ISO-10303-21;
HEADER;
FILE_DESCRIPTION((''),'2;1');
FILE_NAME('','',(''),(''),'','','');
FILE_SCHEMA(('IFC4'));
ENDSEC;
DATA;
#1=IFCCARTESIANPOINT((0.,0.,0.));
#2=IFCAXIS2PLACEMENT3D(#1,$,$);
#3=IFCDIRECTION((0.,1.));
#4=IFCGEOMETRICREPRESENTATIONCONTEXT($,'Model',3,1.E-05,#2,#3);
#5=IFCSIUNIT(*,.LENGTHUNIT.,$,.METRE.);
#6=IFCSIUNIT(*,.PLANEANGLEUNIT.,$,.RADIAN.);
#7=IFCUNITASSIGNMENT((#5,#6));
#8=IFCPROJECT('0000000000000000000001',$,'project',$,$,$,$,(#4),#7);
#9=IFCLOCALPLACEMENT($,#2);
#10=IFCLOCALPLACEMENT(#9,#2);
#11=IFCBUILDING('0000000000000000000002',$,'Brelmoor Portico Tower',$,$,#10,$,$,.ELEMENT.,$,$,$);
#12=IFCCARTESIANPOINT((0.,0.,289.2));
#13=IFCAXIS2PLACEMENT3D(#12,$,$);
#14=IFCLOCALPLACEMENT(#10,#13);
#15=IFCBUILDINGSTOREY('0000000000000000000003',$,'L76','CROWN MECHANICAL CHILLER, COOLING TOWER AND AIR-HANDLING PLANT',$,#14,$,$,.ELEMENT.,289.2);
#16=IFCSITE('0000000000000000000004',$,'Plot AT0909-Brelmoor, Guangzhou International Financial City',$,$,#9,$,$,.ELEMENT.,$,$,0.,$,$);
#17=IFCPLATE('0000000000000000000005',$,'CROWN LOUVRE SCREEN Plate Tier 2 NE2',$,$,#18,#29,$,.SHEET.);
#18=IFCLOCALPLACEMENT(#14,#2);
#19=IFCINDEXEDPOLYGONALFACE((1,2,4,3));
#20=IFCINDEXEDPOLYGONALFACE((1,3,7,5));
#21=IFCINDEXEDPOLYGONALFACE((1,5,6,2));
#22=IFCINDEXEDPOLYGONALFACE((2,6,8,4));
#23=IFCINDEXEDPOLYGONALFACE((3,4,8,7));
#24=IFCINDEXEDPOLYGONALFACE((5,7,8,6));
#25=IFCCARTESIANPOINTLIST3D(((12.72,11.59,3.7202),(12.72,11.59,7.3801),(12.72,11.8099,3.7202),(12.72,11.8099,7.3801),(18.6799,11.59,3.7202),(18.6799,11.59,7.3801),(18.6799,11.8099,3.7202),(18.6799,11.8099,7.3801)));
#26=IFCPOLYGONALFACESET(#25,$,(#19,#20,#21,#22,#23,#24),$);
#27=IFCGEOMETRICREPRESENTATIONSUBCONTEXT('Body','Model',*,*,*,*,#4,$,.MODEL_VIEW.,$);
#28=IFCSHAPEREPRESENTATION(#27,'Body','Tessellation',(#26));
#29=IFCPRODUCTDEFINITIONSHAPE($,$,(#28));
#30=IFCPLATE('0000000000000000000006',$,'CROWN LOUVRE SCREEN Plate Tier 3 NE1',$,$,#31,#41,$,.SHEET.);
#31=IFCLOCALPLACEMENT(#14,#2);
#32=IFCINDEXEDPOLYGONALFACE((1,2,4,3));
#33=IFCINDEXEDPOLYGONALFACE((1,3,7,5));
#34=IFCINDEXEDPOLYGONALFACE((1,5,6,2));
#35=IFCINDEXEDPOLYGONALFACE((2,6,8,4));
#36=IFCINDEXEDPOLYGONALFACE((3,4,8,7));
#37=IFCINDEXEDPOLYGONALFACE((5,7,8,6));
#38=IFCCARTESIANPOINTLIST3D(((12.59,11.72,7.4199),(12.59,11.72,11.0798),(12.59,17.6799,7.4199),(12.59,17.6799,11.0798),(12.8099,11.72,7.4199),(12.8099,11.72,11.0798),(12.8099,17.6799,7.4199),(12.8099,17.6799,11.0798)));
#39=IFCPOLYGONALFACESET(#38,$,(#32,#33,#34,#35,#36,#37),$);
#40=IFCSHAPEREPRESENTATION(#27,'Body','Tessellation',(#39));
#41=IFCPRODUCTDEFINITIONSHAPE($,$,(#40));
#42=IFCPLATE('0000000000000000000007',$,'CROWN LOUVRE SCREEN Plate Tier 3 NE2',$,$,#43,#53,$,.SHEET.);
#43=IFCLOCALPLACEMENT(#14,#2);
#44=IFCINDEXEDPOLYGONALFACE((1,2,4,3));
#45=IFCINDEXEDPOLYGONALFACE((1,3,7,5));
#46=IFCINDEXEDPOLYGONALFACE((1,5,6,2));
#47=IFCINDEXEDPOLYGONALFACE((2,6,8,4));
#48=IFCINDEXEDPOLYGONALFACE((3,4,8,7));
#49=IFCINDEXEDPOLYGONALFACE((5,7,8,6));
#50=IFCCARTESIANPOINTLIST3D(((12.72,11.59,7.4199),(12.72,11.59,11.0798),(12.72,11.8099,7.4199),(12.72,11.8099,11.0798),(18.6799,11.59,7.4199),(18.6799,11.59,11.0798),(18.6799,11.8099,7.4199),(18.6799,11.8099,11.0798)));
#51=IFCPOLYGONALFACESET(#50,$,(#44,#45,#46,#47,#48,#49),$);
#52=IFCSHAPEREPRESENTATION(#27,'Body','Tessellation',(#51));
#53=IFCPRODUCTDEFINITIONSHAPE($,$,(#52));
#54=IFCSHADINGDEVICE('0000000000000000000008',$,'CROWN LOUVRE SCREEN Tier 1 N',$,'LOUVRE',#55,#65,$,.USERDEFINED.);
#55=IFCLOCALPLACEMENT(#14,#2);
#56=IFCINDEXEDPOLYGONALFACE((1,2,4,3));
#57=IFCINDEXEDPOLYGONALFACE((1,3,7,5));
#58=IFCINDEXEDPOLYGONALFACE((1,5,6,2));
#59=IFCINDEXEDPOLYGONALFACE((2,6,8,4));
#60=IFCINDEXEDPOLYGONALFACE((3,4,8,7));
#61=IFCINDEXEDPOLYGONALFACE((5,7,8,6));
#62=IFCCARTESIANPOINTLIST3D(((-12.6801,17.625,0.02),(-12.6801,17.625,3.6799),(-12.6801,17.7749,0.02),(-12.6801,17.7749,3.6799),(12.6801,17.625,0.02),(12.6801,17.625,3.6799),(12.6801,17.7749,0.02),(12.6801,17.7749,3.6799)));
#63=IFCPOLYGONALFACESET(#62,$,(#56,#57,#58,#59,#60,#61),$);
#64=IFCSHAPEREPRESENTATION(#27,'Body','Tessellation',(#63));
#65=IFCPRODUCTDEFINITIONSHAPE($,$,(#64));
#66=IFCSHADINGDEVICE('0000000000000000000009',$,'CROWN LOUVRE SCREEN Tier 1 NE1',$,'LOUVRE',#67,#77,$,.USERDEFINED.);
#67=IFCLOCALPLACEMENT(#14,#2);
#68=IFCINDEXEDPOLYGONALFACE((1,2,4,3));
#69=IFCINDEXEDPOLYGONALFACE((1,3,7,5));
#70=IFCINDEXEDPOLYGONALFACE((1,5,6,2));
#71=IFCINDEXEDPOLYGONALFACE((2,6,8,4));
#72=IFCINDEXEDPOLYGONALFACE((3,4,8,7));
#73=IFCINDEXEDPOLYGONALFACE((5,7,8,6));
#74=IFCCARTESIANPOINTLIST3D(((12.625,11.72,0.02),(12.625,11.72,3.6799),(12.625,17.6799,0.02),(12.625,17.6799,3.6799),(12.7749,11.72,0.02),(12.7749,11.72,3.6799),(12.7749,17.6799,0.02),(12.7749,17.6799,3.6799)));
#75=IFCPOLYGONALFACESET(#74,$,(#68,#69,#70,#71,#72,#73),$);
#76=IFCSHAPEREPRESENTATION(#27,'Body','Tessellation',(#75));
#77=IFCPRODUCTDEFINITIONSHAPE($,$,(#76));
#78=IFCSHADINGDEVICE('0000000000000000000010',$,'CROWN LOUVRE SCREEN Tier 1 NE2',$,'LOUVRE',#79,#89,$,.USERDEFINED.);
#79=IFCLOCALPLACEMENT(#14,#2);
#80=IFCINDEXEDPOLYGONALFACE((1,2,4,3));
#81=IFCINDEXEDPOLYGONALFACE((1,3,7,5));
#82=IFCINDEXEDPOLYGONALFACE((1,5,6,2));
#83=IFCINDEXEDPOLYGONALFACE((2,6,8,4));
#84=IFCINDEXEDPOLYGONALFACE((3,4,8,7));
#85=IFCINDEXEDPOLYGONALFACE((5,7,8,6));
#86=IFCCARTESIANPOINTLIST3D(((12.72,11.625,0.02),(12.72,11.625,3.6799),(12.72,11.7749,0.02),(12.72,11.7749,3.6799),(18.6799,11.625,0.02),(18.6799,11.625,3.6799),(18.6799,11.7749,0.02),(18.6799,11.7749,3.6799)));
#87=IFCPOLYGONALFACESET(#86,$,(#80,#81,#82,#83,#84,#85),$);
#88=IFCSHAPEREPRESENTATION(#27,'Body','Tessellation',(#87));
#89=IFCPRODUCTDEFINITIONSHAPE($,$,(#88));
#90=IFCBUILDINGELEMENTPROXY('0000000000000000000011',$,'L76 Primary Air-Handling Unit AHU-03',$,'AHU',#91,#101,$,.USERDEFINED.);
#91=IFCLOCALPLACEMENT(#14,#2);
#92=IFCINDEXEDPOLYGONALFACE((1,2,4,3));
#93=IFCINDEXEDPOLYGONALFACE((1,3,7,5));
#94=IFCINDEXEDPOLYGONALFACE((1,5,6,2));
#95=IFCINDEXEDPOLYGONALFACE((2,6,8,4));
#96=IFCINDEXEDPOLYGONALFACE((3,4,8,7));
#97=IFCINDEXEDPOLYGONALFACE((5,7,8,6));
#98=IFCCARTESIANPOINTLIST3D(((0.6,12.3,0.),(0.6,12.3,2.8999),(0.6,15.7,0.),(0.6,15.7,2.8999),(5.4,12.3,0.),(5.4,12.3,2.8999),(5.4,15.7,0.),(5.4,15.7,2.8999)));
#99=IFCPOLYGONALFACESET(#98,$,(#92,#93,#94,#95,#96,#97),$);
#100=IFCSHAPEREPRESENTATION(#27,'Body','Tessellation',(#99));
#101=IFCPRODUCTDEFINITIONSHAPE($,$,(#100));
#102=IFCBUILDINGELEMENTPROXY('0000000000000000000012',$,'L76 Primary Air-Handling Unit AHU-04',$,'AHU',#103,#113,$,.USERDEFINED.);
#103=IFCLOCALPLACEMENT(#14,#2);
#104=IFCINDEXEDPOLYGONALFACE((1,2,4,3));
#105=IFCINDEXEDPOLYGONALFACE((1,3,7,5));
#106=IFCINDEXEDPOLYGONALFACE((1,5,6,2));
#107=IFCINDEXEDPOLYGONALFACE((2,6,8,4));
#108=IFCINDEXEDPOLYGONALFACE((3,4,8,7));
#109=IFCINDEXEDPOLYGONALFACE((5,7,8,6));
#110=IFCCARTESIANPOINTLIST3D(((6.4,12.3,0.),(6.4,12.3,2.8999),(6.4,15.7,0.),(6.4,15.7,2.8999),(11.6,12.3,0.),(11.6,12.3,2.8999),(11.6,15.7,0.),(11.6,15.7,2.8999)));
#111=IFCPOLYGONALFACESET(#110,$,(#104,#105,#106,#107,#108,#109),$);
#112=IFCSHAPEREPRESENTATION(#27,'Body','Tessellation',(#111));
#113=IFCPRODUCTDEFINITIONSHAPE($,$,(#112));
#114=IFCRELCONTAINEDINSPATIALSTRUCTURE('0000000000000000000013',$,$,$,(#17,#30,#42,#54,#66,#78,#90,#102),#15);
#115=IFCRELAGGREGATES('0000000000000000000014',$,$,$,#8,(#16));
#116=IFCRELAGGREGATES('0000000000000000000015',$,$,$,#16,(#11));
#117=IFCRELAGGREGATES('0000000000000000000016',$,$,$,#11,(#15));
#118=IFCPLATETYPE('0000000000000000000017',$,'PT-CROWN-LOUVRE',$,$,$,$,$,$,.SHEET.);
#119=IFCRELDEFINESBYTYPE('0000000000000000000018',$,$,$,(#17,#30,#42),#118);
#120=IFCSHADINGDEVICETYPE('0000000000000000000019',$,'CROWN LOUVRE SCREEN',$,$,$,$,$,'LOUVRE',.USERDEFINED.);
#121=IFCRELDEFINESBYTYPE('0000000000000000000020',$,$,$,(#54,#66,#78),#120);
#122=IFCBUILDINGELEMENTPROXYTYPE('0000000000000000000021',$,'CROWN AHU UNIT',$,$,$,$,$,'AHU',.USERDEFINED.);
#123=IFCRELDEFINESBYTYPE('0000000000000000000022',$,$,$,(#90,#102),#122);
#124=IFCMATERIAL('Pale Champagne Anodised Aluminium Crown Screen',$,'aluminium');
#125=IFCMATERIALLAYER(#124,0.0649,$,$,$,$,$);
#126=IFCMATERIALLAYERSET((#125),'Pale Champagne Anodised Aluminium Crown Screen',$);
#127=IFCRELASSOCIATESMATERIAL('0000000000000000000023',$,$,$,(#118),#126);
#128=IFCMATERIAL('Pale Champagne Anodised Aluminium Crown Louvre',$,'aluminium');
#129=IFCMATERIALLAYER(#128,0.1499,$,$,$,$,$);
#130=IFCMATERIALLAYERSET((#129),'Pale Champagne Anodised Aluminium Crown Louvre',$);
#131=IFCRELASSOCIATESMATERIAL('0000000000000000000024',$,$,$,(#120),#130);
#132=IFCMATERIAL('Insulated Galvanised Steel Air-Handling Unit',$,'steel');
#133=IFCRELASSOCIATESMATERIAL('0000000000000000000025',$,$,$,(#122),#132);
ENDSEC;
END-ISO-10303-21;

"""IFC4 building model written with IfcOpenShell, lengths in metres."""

from ifc_helpers import new_model, si_unit, direction, frame, origin, origin_2d, place, context, subcontext, project, spatial, rectangle, extrude, material, layer, layer_set, type_object, element, save


model = new_model("IFC4")

# Units and contexts
model_context = context("Model", 3, precision=1e-05, world=origin(), true_north=direction((0.0, 1.0)))
body_context = subcontext(model_context, "Body", "Model", "MODEL_VIEW")
ifc_project = project(units=[si_unit("LENGTHUNIT", "METRE"), si_unit("PLANEANGLEUNIT", "RADIAN")], contexts=[model_context])

# Site, building, storey
site_placement = place(None, origin())
site = spatial("IfcSite", under=ifc_project, at=site_placement, Name="Plot AT0909-Brelmoor, Guangzhou International Financial City", CompositionType="ELEMENT", RefElevation=0.0)
building_placement = place(site_placement, origin())
building = spatial("IfcBuilding", under=site, at=building_placement, Name="Brelmoor Portico Tower", CompositionType="ELEMENT")
storey_placement = place(building_placement, frame((0.0, 0.0, 289.2)))
storey = spatial("IfcBuildingStorey", under=building, at=storey_placement, Name="L76", Description="CROWN MECHANICAL CHILLER, COOLING TOWER AND AIR-HANDLING PLANT", CompositionType="ELEMENT", Elevation=289.2)

# Plates
ifc_material_1 = material(Name="Pale Champagne Anodised Aluminium Crown Screen", Category="aluminium")
ifc_layer_1 = layer(ifc_material_1, 0.0649)
ifc_layer_set_1 = layer_set([ifc_layer_1], Name="Pale Champagne Anodised Aluminium Crown Screen")
plate_type_1 = type_object("IfcPlateType", Name="PT-CROWN-LOUVRE", PredefinedType="SHEET", material=ifc_layer_set_1)
for number, where, z_axis, x_axis, name in (
    (1, (15.7, 11.7, 3.7202), (0.0, 0.0, 1.0), (1.0, 0.0, 0.0), "CROWN LOUVRE SCREEN Plate Tier 2 NE2"),
    (2, (12.7, 14.7, 7.4199), (0.0, 0.0, 1.0), (0.0, 1.0, 0.0), "CROWN LOUVRE SCREEN Plate Tier 3 NE1"),
    (3, (15.7, 11.7, 7.4199), (0.0, 0.0, 1.0), (1.0, 0.0, 0.0), "CROWN LOUVRE SCREEN Plate Tier 3 NE2"),
):
    element("IfcPlate", number, at=place(storey_placement, frame(where, z_axis=z_axis, x_axis=x_axis)), inside=storey, type_object=plate_type_1, Name=name, PredefinedType="SHEET", context=body_context, shape_type="SweptSolid", body=[
        extrude(rectangle(XDim=5.96, YDim=0.22, at=origin_2d()), origin(), (0.0, 0.0, 1.0), 3.6599),
    ])

# Shading devices
ifc_material_2 = material(Name="Pale Champagne Anodised Aluminium Crown Louvre", Category="aluminium")
ifc_layer_2 = layer(ifc_material_2, 0.1499)
ifc_layer_set_2 = layer_set([ifc_layer_2], Name="Pale Champagne Anodised Aluminium Crown Louvre")
shading_device_type = type_object("IfcShadingDeviceType", Name="CROWN LOUVRE SCREEN", ElementType="LOUVRE", PredefinedType="USERDEFINED", material=ifc_layer_set_2)
shading_device_placement = place(storey_placement, frame((0.0, 17.7, 0.02), z_axis=(0.0, 0.0, 1.0), x_axis=(1.0, 0.0, 0.0)))
element("IfcShadingDevice", 4, at=shading_device_placement, inside=storey, type_object=shading_device_type, Name="CROWN LOUVRE SCREEN Tier 1 N", ObjectType="LOUVRE", PredefinedType="USERDEFINED", context=body_context, shape_type="SweptSolid", body=[
    extrude(rectangle(XDim=25.3601, YDim=0.1499, at=origin_2d()), origin(), (0.0, 0.0, 1.0), 3.6599),
])
for number, where, z_axis, x_axis, name in (
    (5, (12.7, 14.7, 0.02), (0.0, 0.0, 1.0), (0.0, 1.0, 0.0), "CROWN LOUVRE SCREEN Tier 1 NE1"),
    (6, (15.7, 11.7, 0.02), (0.0, 0.0, 1.0), (1.0, 0.0, 0.0), "CROWN LOUVRE SCREEN Tier 1 NE2"),
):
    element("IfcShadingDevice", number, at=place(storey_placement, frame(where, z_axis=z_axis, x_axis=x_axis)), inside=storey, type_object=shading_device_type, Name=name, ObjectType="LOUVRE", PredefinedType="USERDEFINED", context=body_context, shape_type="SweptSolid", body=[
        extrude(rectangle(XDim=5.96, YDim=0.1499, at=origin_2d()), origin(), (0.0, 0.0, 1.0), 3.6599),
    ])

# Building element proxies
ifc_material_3 = material(Name="Insulated Galvanised Steel Air-Handling Unit", Category="steel")
building_element_proxy_type = type_object("IfcBuildingElementProxyType", Name="CROWN AHU UNIT", ElementType="AHU", PredefinedType="USERDEFINED", material=ifc_material_3)
proxy_1_placement = place(storey_placement, frame((3.0, 14.0, 0.0), z_axis=(0.0, 0.0, 1.0), x_axis=(1.0, 0.0, 0.0)))
element("IfcBuildingElementProxy", 7, at=proxy_1_placement, inside=storey, type_object=building_element_proxy_type, Name="L76 Primary Air-Handling Unit AHU-03", ObjectType="AHU", PredefinedType="USERDEFINED", context=body_context, shape_type="SweptSolid", body=[
    extrude(rectangle(XDim=4.8, YDim=3.3999, at=origin_2d()), origin(), (0.0, 0.0, 1.0), 2.8999),
])
proxy_2_placement = place(storey_placement, frame((9.0, 14.0, 0.0), z_axis=(0.0, 0.0, 1.0), x_axis=(1.0, 0.0, 0.0)))
element("IfcBuildingElementProxy", 8, at=proxy_2_placement, inside=storey, type_object=building_element_proxy_type, Name="L76 Primary Air-Handling Unit AHU-04", ObjectType="AHU", PredefinedType="USERDEFINED", context=body_context, shape_type="SweptSolid", body=[
    extrude(rectangle(XDim=5.2, YDim=3.3999, at=origin_2d()), origin(), (0.0, 0.0, 1.0), 2.8999),
])

save(model, "model.ifc")
